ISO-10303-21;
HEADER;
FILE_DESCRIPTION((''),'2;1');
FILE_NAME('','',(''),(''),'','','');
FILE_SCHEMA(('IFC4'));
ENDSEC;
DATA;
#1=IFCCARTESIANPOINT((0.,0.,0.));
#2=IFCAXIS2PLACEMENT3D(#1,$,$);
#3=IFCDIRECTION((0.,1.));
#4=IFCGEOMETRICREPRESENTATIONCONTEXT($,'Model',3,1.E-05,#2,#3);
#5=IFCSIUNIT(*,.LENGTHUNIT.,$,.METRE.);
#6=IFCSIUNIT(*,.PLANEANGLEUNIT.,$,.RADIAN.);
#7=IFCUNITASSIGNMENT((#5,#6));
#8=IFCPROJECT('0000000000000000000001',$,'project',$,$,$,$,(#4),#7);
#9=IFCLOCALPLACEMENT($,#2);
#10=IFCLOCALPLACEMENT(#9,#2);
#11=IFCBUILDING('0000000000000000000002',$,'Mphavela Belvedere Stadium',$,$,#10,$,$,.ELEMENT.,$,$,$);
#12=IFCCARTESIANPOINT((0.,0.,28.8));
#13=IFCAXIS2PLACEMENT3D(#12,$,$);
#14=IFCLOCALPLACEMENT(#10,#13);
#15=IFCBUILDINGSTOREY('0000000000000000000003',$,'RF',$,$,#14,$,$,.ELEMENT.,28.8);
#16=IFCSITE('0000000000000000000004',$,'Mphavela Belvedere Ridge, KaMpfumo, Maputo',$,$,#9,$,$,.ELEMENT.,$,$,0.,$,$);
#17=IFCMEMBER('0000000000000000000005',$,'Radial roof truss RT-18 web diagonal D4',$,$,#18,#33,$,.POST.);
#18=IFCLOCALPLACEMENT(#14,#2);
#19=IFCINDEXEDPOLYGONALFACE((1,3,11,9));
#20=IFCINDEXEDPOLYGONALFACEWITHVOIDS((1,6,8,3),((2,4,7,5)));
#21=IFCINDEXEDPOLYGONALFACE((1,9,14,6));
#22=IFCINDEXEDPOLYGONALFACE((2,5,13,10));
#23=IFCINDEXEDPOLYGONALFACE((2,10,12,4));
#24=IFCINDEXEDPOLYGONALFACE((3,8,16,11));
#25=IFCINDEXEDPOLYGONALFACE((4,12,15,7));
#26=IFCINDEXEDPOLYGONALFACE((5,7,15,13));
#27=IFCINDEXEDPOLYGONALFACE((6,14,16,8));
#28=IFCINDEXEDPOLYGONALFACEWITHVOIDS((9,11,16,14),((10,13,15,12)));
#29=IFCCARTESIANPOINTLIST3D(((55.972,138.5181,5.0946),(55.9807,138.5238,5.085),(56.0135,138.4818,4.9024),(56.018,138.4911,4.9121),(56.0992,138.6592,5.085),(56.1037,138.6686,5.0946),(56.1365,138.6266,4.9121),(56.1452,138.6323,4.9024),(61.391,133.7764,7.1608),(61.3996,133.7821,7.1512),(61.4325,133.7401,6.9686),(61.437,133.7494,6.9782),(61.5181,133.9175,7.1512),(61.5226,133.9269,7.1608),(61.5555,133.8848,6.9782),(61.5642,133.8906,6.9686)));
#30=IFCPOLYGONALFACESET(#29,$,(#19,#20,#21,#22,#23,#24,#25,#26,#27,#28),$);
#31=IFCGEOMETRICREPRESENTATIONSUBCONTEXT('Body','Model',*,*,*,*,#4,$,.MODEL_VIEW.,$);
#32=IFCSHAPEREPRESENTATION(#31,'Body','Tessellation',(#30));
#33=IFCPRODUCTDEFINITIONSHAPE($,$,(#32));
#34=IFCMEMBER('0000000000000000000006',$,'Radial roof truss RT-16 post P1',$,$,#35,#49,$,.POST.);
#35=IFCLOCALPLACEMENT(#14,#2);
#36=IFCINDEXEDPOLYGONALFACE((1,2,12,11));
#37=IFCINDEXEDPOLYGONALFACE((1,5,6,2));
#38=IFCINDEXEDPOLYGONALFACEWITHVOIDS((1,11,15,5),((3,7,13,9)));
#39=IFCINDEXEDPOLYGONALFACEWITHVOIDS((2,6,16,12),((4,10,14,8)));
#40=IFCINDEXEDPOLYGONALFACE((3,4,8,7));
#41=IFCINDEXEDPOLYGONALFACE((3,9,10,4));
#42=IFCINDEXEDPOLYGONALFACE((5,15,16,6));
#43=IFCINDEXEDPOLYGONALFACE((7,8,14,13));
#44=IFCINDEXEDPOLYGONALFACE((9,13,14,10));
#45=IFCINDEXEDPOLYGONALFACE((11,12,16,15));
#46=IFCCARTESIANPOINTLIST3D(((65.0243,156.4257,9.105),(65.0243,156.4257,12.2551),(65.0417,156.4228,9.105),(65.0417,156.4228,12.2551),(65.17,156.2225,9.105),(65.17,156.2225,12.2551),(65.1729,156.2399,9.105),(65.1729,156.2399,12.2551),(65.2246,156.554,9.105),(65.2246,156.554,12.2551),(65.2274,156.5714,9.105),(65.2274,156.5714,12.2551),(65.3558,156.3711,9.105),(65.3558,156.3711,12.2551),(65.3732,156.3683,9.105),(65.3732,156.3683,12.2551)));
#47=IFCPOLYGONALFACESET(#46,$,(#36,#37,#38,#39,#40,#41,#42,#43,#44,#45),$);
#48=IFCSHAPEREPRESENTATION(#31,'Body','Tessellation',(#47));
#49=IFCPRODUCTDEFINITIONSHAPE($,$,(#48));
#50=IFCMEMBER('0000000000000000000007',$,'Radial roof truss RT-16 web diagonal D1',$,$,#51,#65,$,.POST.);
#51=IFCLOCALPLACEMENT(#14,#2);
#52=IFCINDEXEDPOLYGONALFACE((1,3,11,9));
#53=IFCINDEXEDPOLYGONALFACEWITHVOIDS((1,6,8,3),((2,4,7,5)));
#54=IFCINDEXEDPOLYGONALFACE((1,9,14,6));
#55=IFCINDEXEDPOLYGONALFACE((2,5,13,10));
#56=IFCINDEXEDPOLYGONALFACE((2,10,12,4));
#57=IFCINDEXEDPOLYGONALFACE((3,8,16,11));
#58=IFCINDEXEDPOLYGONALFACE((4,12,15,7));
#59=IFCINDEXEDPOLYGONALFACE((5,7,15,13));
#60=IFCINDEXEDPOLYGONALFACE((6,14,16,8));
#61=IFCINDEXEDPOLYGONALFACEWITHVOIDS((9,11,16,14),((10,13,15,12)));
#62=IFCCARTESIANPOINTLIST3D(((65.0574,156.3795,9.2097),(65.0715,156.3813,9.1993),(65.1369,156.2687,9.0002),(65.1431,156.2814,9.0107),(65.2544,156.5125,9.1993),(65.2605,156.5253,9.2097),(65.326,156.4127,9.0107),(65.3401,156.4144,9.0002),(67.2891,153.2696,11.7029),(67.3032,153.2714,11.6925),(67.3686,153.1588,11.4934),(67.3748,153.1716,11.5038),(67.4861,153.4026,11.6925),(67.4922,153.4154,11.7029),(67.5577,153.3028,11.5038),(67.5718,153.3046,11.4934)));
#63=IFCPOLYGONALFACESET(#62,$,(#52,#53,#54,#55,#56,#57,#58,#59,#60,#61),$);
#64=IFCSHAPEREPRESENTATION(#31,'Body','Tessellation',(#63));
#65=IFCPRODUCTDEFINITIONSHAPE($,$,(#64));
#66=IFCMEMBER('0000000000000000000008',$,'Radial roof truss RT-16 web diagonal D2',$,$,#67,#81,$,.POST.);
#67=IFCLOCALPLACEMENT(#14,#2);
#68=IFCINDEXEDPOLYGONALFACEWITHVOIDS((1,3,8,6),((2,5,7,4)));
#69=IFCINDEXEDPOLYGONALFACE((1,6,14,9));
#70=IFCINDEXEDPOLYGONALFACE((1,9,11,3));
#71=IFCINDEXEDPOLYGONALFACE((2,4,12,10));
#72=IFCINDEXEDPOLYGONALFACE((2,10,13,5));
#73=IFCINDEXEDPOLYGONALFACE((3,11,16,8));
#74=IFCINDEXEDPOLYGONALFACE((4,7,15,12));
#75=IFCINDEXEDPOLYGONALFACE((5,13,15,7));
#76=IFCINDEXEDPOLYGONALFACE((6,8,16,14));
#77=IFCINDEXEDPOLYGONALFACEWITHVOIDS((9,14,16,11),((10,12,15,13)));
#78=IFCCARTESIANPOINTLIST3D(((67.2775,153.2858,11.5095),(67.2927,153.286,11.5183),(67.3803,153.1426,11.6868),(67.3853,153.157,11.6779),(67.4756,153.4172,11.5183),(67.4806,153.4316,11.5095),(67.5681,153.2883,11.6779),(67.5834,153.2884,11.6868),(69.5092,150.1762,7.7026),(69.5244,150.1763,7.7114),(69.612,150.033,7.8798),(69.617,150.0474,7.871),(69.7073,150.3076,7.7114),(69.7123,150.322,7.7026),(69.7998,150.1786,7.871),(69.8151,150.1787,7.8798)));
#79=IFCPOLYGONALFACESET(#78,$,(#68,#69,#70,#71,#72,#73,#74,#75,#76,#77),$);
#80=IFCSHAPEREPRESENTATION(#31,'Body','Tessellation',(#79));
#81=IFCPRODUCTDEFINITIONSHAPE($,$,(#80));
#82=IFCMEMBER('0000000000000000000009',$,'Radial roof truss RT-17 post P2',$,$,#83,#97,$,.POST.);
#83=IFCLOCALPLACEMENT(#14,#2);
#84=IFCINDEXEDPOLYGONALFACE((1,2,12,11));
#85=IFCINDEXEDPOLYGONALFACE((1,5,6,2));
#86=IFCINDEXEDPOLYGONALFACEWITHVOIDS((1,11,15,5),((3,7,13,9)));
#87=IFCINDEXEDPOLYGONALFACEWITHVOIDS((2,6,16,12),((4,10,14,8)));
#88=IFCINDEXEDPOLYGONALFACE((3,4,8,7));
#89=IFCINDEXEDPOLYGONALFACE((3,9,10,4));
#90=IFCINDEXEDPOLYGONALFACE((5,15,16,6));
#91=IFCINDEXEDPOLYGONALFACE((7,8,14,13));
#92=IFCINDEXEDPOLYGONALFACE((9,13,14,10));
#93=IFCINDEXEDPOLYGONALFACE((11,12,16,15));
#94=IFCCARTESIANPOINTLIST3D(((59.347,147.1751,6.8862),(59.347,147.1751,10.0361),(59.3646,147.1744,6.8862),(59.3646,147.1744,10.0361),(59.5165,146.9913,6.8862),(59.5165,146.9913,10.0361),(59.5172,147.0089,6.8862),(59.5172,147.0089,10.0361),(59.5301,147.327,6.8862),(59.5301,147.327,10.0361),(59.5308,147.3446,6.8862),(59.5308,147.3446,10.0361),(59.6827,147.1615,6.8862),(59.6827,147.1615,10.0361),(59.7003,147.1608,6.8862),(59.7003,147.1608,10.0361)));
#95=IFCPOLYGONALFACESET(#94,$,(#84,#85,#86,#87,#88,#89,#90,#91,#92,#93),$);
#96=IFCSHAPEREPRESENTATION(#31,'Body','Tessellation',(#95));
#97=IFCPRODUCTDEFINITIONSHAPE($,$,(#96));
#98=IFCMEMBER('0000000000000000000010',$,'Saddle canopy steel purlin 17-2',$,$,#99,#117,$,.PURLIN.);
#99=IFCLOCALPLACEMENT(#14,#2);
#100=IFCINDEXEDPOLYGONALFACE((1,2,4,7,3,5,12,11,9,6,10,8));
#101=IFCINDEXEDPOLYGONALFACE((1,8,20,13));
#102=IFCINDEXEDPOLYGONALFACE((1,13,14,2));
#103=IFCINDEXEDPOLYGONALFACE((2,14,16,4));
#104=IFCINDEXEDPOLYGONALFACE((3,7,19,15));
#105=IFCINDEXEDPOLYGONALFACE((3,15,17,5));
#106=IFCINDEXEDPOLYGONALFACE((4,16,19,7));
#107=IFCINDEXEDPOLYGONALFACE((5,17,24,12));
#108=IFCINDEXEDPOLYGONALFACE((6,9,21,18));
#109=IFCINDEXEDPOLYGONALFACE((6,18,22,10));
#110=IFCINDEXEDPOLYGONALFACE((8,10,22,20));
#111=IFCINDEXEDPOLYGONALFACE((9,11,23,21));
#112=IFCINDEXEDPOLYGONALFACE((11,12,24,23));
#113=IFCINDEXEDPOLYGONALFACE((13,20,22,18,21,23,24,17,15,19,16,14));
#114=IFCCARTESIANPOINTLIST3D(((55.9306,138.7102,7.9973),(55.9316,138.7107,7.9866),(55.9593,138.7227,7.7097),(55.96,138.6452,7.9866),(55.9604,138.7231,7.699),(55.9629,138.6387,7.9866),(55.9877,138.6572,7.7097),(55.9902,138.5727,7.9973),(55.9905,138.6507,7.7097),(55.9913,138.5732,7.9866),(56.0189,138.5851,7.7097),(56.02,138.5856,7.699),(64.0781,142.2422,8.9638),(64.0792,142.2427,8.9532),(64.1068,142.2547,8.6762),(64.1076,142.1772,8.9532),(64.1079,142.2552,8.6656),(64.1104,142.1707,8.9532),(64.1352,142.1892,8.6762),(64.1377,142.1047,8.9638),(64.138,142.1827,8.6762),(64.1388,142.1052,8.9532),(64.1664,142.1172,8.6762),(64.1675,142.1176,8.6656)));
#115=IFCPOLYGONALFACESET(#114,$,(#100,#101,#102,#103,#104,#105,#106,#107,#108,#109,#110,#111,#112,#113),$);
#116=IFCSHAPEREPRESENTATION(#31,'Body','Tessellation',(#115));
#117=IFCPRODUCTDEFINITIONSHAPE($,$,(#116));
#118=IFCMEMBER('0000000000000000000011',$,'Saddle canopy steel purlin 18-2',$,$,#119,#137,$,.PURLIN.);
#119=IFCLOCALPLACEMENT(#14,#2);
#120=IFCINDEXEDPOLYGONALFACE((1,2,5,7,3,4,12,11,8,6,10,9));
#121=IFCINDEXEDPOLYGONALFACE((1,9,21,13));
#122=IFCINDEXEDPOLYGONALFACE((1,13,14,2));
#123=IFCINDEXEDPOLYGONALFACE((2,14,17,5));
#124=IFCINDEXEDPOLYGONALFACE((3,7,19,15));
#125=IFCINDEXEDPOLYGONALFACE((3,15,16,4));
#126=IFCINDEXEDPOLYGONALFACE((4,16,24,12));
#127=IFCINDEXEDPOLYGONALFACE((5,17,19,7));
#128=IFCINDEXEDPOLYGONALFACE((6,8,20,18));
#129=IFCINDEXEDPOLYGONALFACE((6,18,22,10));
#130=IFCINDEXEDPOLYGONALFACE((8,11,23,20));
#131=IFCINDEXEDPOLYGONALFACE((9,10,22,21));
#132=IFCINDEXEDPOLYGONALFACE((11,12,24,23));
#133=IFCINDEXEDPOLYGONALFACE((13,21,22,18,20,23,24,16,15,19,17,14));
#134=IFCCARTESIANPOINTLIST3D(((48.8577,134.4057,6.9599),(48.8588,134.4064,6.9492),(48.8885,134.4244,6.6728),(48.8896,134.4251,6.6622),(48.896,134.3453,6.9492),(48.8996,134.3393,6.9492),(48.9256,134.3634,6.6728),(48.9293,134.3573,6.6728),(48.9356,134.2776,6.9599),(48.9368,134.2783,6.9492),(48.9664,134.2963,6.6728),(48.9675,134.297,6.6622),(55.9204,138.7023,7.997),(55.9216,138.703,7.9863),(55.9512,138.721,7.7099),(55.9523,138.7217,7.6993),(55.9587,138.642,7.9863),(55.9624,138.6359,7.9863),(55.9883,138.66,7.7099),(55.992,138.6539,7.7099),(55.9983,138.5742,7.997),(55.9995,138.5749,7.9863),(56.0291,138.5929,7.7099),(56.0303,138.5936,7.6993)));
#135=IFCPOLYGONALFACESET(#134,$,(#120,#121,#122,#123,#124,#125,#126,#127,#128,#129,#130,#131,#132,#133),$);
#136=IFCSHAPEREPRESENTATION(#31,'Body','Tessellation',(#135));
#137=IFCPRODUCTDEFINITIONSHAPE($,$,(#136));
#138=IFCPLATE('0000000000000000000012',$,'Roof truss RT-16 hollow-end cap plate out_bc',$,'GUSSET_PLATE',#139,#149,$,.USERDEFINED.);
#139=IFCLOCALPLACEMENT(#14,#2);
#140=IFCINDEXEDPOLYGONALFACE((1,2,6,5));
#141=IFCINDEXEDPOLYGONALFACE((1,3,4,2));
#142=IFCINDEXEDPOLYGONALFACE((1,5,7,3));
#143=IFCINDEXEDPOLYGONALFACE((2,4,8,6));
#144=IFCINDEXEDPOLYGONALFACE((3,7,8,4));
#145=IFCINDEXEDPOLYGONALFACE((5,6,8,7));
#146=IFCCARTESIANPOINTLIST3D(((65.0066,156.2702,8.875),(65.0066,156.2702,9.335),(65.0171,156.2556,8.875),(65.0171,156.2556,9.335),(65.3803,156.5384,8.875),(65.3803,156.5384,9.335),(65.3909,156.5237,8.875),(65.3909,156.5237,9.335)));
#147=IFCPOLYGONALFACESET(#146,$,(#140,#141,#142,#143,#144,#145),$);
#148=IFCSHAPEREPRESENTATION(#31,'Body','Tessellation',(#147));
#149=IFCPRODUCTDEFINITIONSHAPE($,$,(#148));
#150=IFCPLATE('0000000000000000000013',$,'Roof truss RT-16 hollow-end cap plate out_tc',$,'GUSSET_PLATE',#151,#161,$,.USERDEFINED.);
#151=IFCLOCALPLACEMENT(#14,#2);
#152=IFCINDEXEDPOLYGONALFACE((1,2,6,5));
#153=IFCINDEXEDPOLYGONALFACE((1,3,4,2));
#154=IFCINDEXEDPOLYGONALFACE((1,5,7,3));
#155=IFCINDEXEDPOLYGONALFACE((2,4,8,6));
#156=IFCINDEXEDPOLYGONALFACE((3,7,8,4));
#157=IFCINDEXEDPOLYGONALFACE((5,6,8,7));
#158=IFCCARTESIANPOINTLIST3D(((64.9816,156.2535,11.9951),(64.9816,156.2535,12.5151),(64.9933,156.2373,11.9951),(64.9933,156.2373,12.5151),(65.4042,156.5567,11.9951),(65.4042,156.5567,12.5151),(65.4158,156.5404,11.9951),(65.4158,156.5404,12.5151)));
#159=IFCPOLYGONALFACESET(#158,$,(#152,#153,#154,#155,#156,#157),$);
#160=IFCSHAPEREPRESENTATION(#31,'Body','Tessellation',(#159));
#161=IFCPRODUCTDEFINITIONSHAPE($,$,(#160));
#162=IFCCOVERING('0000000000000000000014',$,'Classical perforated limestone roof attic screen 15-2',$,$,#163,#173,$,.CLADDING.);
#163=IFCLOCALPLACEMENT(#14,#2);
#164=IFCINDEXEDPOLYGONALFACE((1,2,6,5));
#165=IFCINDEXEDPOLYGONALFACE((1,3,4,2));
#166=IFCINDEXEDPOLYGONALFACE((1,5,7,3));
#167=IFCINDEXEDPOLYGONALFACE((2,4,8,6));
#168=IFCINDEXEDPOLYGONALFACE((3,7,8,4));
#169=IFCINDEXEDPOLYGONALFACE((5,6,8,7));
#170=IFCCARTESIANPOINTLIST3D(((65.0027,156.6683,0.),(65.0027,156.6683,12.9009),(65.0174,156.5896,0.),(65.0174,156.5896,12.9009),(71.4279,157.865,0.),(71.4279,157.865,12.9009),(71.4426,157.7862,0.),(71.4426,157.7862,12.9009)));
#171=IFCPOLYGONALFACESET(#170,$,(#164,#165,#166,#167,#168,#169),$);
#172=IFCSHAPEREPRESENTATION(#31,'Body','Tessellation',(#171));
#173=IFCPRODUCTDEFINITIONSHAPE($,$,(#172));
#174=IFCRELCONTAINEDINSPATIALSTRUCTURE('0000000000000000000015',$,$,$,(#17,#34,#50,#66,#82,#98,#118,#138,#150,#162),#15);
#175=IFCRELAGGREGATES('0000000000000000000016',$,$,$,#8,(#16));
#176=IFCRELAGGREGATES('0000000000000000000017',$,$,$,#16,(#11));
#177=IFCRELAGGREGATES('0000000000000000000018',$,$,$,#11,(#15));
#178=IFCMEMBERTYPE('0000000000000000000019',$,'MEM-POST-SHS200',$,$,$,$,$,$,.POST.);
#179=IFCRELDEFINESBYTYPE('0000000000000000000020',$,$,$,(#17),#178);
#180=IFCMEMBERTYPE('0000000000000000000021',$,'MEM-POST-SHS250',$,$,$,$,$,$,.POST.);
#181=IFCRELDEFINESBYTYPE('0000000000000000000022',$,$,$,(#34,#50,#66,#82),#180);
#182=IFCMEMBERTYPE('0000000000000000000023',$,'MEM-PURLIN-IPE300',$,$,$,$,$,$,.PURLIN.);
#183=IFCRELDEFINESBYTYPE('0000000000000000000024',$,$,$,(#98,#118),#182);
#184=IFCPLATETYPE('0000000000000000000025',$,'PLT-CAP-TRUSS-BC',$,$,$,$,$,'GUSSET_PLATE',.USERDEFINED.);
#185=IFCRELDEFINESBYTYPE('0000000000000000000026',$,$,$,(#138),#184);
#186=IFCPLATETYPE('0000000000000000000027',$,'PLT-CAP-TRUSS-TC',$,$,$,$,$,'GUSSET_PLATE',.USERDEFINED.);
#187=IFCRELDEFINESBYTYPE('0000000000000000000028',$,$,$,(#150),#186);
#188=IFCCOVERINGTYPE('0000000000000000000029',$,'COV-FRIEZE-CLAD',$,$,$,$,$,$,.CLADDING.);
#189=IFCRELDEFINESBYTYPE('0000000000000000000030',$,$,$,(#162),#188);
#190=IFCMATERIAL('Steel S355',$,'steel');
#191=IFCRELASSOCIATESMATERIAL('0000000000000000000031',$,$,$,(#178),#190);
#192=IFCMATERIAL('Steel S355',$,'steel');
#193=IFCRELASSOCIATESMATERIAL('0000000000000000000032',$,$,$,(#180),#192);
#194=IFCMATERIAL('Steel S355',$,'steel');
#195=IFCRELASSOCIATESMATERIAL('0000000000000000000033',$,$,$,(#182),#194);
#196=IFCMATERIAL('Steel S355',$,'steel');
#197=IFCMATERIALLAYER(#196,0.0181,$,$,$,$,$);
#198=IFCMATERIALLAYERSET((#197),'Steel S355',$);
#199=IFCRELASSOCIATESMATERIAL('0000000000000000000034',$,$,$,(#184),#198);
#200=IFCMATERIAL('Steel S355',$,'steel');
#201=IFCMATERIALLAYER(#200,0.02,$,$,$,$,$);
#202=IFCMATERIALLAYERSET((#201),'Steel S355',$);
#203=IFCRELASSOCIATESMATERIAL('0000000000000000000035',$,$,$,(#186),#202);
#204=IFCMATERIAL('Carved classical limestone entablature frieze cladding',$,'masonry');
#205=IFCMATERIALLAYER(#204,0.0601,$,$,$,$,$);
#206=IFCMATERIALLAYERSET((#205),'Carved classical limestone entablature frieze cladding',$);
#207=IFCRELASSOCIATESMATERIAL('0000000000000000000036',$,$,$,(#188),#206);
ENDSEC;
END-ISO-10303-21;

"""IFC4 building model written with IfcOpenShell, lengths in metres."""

from ifc_helpers import new_model, si_unit, direction, frame, origin, origin_2d, place, context, subcontext, project, spatial, rectangle, hollow_rectangle, i_section, extrude, material, layer, layer_set, material_profile, profile_set, type_object, element, save


model = new_model("IFC4")

# Units and contexts
model_context = context("Model", 3, precision=1e-05, world=origin(), true_north=direction((0.0, 1.0)))
body_context = subcontext(model_context, "Body", "Model", "MODEL_VIEW")
ifc_project = project(units=[si_unit("LENGTHUNIT", "METRE"), si_unit("PLANEANGLEUNIT", "RADIAN")], contexts=[model_context])

# Site, building, storey
site_placement = place(None, origin())
site = spatial("IfcSite", under=ifc_project, at=site_placement, Name="Mphavela Belvedere Ridge, KaMpfumo, Maputo", CompositionType="ELEMENT", RefElevation=0.0)
building_placement = place(site_placement, origin())
building = spatial("IfcBuilding", under=site, at=building_placement, Name="Mphavela Belvedere Stadium", CompositionType="ELEMENT")
storey_placement = place(building_placement, frame((0.0, 0.0, 28.8)))
storey = spatial("IfcBuildingStorey", under=building, at=storey_placement, Name="RF", CompositionType="ELEMENT", Elevation=28.8)

# Members
ifc_material_1 = material(Name="Steel S355", Category="steel")
ifc_material_profile_1 = material_profile(ifc_material_1, hollow_rectangle(XDim=0.2, YDim=0.2, WallThickness=0.01, at=origin_2d()), Name="SHS 200x200x10")
ifc_profile_set_1 = profile_set([ifc_material_profile_1], Name="Steel S355")
member_type_1 = type_object("IfcMemberType", Name="MEM-POST-SHS200", PredefinedType="POST", material=ifc_profile_set_1)
member_1_placement = place(storey_placement, frame((56.0586, 138.5752, 4.9985), z_axis=(0.723377, -0.632971, 0.275813), x_axis=(0.658514, 0.752568, 0.0)))
element("IfcMember", 1, at=member_1_placement, inside=storey, type_object=member_type_1, Name="Radial roof truss RT-18 web diagonal D4", PredefinedType="POST", context=body_context, shape_type="SweptSolid", body=[
    extrude(hollow_rectangle(XDim=0.2, YDim=0.2, WallThickness=0.01, at=origin_2d()), origin(), (0.0, 0.0, 1.0), 7.4912),
])
ifc_material_2 = material(Name="Steel S355", Category="steel")
ifc_material_profile_2 = material_profile(ifc_material_2, hollow_rectangle(XDim=0.25, YDim=0.25, WallThickness=0.0125, at=origin_2d()), Name="SHS 250x250x12.5")
ifc_profile_set_2 = profile_set([ifc_material_profile_2], Name="Steel S355")
member_type_2 = type_object("IfcMemberType", Name="MEM-POST-SHS250", PredefinedType="POST", material=ifc_profile_set_2)
member_2_placement = place(storey_placement, frame((65.1987, 156.397, 9.105), z_axis=(0.0, 0.0, 1.0), x_axis=(-0.582974, 0.812491, 0.0)))
element("IfcMember", 2, at=member_2_placement, inside=storey, type_object=member_type_2, Name="Radial roof truss RT-16 post P1", PredefinedType="POST", context=body_context, shape_type="SweptSolid", body=[
    extrude(hollow_rectangle(XDim=0.25, YDim=0.25, WallThickness=0.0125, at=origin_2d()), origin(), (0.0, 0.0, 1.0), 3.1501),
])
member_3_placement = place(storey_placement, frame((65.1987, 156.397, 9.105), z_axis=(0.488538, -0.680778, 0.545777), x_axis=(0.812452, 0.583029, 0.0)))
element("IfcMember", 3, at=member_3_placement, inside=storey, type_object=member_type_2, Name="Radial roof truss RT-16 web diagonal D1", PredefinedType="POST", context=body_context, shape_type="SweptSolid", body=[
    extrude(hollow_rectangle(XDim=0.25, YDim=0.25, WallThickness=0.0125, at=origin_2d()), origin(), (0.0, 0.0, 1.0), 4.5681),
])
member_4_placement = place(storey_placement, frame((67.4304, 153.2871, 11.5981), z_axis=(0.4134, -0.576028, -0.70519), x_axis=(0.81243, 0.583059, 0.0)))
element("IfcMember", 4, at=member_4_placement, inside=storey, type_object=member_type_2, Name="Radial roof truss RT-16 web diagonal D2", PredefinedType="POST", context=body_context, shape_type="SweptSolid", body=[
    extrude(hollow_rectangle(XDim=0.25, YDim=0.25, WallThickness=0.0125, at=origin_2d()), origin(), (0.0, 0.0, 1.0), 5.3984),
])
member_5_placement = place(storey_placement, frame((59.5237, 147.168, 6.8862), z_axis=(0.0, 0.0, 1.0), x_axis=(-0.677903, 0.735151, 0.0)))
element("IfcMember", 5, at=member_5_placement, inside=storey, type_object=member_type_2, Name="Radial roof truss RT-17 post P2", PredefinedType="POST", context=body_context, shape_type="SweptSolid", body=[
    extrude(hollow_rectangle(XDim=0.25, YDim=0.25, WallThickness=0.0125, at=origin_2d()), origin(), (0.0, 0.0, 1.0), 3.1499),
])
ifc_material_3 = material(Name="Steel S355", Category="steel")
ifc_material_profile_3 = material_profile(ifc_material_3, i_section(OverallWidth=0.1499, OverallDepth=0.3, WebThickness=0.0071, FlangeThickness=0.0107, at=origin_2d()), Name="IPE 300")
ifc_profile_set_3 = profile_set([ifc_material_profile_3], Name="Steel S355")
member_type_3 = type_object("IfcMemberType", Name="MEM-PURLIN-IPE300", PredefinedType="PURLIN", material=ifc_profile_set_3)
member_6_placement = place(storey_placement, frame((64.1228, 142.1799, 8.8147), z_axis=(-0.91211, -0.395406, -0.108206), x_axis=(0.397742, -0.917497, 0.0)))
element("IfcMember", 6, at=member_6_placement, inside=storey, type_object=member_type_3, Name="Saddle canopy steel purlin 17-2", PredefinedType="PURLIN", context=body_context, shape_type="SweptSolid", body=[
    extrude(i_section(OverallWidth=0.1499, OverallDepth=0.3, WebThickness=0.0071, FlangeThickness=0.0107, at=origin_2d()), origin(), (0.0, 0.0, 1.0), 8.9326),
])
member_7_placement = place(storey_placement, frame((55.9753, 138.6479, 7.8481), z_axis=(-0.847685, -0.51569, -0.124476), x_axis=(0.519732, -0.854329, 0.0)))
element("IfcMember", 7, at=member_7_placement, inside=storey, type_object=member_type_3, Name="Saddle canopy steel purlin 18-2", PredefinedType="PURLIN", context=body_context, shape_type="SweptSolid", body=[
    extrude(i_section(OverallWidth=0.1499, OverallDepth=0.3, WebThickness=0.0071, FlangeThickness=0.0107, at=origin_2d()), origin(), (0.0, 0.0, 1.0), 8.3318),
])

# Plates
ifc_material_4 = material(Name="Steel S355", Category="steel")
ifc_layer_1 = layer(ifc_material_4, 0.0181)
ifc_layer_set_1 = layer_set([ifc_layer_1], Name="Steel S355")
plate_type_1 = type_object("IfcPlateType", Name="PLT-CAP-TRUSS-BC", ElementType="GUSSET_PLATE", PredefinedType="USERDEFINED", material=ifc_layer_set_1)
plate_1_placement = place(storey_placement, frame((65.1987, 156.397, 8.875), z_axis=(0.0, 0.0, 1.0), x_axis=(-0.582974, 0.812491, 0.0)))
element("IfcPlate", 8, at=plate_1_placement, inside=storey, type_object=plate_type_1, Name="Roof truss RT-16 hollow-end cap plate out_bc", ObjectType="GUSSET_PLATE", PredefinedType="USERDEFINED", context=body_context, shape_type="SweptSolid", body=[
    extrude(rectangle(XDim=0.0181, YDim=0.46, at=origin_2d()), origin(), (0.0, 0.0, 1.0), 0.46),
])
ifc_material_5 = material(Name="Steel S355", Category="steel")
ifc_layer_2 = layer(ifc_material_5, 0.02)
ifc_layer_set_2 = layer_set([ifc_layer_2], Name="Steel S355")
plate_type_2 = type_object("IfcPlateType", Name="PLT-CAP-TRUSS-TC", ElementType="GUSSET_PLATE", PredefinedType="USERDEFINED", material=ifc_layer_set_2)
plate_2_placement = place(storey_placement, frame((65.1987, 156.397, 11.9951), z_axis=(0.0, 0.0, 1.0), x_axis=(-0.582974, 0.812491, 0.0)))
element("IfcPlate", 9, at=plate_2_placement, inside=storey, type_object=plate_type_2, Name="Roof truss RT-16 hollow-end cap plate out_tc", ObjectType="GUSSET_PLATE", PredefinedType="USERDEFINED", context=body_context, shape_type="SweptSolid", body=[
    extrude(rectangle(XDim=0.02, YDim=0.52, at=origin_2d()), origin(), (0.0, 0.0, 1.0), 0.52),
])

# Covering
ifc_material_6 = material(Name="Carved classical limestone entablature frieze cladding", Category="masonry")
ifc_layer_3 = layer(ifc_material_6, 0.0601)
ifc_layer_set_3 = layer_set([ifc_layer_3], Name="Carved classical limestone entablature frieze cladding")
covering_type = type_object("IfcCoveringType", Name="COV-FRIEZE-CLAD", PredefinedType="CLADDING", material=ifc_layer_set_3)
covering_1_placement = place(storey_placement, frame((68.2227, 157.2273, 0.0), z_axis=(0.0, 0.0, 1.0), x_axis=(-0.983096, -0.183094, 0.0)))
element("IfcCovering", 10, at=covering_1_placement, inside=storey, type_object=covering_type, Name="Classical perforated limestone roof attic screen 15-2", PredefinedType="CLADDING", context=body_context, shape_type="SweptSolid", body=[
    extrude(rectangle(XDim=6.5356, YDim=0.0801, at=origin_2d()), origin(), (0.0, 0.0, 1.0), 12.9009),
])

save(model, "model.ifc")
